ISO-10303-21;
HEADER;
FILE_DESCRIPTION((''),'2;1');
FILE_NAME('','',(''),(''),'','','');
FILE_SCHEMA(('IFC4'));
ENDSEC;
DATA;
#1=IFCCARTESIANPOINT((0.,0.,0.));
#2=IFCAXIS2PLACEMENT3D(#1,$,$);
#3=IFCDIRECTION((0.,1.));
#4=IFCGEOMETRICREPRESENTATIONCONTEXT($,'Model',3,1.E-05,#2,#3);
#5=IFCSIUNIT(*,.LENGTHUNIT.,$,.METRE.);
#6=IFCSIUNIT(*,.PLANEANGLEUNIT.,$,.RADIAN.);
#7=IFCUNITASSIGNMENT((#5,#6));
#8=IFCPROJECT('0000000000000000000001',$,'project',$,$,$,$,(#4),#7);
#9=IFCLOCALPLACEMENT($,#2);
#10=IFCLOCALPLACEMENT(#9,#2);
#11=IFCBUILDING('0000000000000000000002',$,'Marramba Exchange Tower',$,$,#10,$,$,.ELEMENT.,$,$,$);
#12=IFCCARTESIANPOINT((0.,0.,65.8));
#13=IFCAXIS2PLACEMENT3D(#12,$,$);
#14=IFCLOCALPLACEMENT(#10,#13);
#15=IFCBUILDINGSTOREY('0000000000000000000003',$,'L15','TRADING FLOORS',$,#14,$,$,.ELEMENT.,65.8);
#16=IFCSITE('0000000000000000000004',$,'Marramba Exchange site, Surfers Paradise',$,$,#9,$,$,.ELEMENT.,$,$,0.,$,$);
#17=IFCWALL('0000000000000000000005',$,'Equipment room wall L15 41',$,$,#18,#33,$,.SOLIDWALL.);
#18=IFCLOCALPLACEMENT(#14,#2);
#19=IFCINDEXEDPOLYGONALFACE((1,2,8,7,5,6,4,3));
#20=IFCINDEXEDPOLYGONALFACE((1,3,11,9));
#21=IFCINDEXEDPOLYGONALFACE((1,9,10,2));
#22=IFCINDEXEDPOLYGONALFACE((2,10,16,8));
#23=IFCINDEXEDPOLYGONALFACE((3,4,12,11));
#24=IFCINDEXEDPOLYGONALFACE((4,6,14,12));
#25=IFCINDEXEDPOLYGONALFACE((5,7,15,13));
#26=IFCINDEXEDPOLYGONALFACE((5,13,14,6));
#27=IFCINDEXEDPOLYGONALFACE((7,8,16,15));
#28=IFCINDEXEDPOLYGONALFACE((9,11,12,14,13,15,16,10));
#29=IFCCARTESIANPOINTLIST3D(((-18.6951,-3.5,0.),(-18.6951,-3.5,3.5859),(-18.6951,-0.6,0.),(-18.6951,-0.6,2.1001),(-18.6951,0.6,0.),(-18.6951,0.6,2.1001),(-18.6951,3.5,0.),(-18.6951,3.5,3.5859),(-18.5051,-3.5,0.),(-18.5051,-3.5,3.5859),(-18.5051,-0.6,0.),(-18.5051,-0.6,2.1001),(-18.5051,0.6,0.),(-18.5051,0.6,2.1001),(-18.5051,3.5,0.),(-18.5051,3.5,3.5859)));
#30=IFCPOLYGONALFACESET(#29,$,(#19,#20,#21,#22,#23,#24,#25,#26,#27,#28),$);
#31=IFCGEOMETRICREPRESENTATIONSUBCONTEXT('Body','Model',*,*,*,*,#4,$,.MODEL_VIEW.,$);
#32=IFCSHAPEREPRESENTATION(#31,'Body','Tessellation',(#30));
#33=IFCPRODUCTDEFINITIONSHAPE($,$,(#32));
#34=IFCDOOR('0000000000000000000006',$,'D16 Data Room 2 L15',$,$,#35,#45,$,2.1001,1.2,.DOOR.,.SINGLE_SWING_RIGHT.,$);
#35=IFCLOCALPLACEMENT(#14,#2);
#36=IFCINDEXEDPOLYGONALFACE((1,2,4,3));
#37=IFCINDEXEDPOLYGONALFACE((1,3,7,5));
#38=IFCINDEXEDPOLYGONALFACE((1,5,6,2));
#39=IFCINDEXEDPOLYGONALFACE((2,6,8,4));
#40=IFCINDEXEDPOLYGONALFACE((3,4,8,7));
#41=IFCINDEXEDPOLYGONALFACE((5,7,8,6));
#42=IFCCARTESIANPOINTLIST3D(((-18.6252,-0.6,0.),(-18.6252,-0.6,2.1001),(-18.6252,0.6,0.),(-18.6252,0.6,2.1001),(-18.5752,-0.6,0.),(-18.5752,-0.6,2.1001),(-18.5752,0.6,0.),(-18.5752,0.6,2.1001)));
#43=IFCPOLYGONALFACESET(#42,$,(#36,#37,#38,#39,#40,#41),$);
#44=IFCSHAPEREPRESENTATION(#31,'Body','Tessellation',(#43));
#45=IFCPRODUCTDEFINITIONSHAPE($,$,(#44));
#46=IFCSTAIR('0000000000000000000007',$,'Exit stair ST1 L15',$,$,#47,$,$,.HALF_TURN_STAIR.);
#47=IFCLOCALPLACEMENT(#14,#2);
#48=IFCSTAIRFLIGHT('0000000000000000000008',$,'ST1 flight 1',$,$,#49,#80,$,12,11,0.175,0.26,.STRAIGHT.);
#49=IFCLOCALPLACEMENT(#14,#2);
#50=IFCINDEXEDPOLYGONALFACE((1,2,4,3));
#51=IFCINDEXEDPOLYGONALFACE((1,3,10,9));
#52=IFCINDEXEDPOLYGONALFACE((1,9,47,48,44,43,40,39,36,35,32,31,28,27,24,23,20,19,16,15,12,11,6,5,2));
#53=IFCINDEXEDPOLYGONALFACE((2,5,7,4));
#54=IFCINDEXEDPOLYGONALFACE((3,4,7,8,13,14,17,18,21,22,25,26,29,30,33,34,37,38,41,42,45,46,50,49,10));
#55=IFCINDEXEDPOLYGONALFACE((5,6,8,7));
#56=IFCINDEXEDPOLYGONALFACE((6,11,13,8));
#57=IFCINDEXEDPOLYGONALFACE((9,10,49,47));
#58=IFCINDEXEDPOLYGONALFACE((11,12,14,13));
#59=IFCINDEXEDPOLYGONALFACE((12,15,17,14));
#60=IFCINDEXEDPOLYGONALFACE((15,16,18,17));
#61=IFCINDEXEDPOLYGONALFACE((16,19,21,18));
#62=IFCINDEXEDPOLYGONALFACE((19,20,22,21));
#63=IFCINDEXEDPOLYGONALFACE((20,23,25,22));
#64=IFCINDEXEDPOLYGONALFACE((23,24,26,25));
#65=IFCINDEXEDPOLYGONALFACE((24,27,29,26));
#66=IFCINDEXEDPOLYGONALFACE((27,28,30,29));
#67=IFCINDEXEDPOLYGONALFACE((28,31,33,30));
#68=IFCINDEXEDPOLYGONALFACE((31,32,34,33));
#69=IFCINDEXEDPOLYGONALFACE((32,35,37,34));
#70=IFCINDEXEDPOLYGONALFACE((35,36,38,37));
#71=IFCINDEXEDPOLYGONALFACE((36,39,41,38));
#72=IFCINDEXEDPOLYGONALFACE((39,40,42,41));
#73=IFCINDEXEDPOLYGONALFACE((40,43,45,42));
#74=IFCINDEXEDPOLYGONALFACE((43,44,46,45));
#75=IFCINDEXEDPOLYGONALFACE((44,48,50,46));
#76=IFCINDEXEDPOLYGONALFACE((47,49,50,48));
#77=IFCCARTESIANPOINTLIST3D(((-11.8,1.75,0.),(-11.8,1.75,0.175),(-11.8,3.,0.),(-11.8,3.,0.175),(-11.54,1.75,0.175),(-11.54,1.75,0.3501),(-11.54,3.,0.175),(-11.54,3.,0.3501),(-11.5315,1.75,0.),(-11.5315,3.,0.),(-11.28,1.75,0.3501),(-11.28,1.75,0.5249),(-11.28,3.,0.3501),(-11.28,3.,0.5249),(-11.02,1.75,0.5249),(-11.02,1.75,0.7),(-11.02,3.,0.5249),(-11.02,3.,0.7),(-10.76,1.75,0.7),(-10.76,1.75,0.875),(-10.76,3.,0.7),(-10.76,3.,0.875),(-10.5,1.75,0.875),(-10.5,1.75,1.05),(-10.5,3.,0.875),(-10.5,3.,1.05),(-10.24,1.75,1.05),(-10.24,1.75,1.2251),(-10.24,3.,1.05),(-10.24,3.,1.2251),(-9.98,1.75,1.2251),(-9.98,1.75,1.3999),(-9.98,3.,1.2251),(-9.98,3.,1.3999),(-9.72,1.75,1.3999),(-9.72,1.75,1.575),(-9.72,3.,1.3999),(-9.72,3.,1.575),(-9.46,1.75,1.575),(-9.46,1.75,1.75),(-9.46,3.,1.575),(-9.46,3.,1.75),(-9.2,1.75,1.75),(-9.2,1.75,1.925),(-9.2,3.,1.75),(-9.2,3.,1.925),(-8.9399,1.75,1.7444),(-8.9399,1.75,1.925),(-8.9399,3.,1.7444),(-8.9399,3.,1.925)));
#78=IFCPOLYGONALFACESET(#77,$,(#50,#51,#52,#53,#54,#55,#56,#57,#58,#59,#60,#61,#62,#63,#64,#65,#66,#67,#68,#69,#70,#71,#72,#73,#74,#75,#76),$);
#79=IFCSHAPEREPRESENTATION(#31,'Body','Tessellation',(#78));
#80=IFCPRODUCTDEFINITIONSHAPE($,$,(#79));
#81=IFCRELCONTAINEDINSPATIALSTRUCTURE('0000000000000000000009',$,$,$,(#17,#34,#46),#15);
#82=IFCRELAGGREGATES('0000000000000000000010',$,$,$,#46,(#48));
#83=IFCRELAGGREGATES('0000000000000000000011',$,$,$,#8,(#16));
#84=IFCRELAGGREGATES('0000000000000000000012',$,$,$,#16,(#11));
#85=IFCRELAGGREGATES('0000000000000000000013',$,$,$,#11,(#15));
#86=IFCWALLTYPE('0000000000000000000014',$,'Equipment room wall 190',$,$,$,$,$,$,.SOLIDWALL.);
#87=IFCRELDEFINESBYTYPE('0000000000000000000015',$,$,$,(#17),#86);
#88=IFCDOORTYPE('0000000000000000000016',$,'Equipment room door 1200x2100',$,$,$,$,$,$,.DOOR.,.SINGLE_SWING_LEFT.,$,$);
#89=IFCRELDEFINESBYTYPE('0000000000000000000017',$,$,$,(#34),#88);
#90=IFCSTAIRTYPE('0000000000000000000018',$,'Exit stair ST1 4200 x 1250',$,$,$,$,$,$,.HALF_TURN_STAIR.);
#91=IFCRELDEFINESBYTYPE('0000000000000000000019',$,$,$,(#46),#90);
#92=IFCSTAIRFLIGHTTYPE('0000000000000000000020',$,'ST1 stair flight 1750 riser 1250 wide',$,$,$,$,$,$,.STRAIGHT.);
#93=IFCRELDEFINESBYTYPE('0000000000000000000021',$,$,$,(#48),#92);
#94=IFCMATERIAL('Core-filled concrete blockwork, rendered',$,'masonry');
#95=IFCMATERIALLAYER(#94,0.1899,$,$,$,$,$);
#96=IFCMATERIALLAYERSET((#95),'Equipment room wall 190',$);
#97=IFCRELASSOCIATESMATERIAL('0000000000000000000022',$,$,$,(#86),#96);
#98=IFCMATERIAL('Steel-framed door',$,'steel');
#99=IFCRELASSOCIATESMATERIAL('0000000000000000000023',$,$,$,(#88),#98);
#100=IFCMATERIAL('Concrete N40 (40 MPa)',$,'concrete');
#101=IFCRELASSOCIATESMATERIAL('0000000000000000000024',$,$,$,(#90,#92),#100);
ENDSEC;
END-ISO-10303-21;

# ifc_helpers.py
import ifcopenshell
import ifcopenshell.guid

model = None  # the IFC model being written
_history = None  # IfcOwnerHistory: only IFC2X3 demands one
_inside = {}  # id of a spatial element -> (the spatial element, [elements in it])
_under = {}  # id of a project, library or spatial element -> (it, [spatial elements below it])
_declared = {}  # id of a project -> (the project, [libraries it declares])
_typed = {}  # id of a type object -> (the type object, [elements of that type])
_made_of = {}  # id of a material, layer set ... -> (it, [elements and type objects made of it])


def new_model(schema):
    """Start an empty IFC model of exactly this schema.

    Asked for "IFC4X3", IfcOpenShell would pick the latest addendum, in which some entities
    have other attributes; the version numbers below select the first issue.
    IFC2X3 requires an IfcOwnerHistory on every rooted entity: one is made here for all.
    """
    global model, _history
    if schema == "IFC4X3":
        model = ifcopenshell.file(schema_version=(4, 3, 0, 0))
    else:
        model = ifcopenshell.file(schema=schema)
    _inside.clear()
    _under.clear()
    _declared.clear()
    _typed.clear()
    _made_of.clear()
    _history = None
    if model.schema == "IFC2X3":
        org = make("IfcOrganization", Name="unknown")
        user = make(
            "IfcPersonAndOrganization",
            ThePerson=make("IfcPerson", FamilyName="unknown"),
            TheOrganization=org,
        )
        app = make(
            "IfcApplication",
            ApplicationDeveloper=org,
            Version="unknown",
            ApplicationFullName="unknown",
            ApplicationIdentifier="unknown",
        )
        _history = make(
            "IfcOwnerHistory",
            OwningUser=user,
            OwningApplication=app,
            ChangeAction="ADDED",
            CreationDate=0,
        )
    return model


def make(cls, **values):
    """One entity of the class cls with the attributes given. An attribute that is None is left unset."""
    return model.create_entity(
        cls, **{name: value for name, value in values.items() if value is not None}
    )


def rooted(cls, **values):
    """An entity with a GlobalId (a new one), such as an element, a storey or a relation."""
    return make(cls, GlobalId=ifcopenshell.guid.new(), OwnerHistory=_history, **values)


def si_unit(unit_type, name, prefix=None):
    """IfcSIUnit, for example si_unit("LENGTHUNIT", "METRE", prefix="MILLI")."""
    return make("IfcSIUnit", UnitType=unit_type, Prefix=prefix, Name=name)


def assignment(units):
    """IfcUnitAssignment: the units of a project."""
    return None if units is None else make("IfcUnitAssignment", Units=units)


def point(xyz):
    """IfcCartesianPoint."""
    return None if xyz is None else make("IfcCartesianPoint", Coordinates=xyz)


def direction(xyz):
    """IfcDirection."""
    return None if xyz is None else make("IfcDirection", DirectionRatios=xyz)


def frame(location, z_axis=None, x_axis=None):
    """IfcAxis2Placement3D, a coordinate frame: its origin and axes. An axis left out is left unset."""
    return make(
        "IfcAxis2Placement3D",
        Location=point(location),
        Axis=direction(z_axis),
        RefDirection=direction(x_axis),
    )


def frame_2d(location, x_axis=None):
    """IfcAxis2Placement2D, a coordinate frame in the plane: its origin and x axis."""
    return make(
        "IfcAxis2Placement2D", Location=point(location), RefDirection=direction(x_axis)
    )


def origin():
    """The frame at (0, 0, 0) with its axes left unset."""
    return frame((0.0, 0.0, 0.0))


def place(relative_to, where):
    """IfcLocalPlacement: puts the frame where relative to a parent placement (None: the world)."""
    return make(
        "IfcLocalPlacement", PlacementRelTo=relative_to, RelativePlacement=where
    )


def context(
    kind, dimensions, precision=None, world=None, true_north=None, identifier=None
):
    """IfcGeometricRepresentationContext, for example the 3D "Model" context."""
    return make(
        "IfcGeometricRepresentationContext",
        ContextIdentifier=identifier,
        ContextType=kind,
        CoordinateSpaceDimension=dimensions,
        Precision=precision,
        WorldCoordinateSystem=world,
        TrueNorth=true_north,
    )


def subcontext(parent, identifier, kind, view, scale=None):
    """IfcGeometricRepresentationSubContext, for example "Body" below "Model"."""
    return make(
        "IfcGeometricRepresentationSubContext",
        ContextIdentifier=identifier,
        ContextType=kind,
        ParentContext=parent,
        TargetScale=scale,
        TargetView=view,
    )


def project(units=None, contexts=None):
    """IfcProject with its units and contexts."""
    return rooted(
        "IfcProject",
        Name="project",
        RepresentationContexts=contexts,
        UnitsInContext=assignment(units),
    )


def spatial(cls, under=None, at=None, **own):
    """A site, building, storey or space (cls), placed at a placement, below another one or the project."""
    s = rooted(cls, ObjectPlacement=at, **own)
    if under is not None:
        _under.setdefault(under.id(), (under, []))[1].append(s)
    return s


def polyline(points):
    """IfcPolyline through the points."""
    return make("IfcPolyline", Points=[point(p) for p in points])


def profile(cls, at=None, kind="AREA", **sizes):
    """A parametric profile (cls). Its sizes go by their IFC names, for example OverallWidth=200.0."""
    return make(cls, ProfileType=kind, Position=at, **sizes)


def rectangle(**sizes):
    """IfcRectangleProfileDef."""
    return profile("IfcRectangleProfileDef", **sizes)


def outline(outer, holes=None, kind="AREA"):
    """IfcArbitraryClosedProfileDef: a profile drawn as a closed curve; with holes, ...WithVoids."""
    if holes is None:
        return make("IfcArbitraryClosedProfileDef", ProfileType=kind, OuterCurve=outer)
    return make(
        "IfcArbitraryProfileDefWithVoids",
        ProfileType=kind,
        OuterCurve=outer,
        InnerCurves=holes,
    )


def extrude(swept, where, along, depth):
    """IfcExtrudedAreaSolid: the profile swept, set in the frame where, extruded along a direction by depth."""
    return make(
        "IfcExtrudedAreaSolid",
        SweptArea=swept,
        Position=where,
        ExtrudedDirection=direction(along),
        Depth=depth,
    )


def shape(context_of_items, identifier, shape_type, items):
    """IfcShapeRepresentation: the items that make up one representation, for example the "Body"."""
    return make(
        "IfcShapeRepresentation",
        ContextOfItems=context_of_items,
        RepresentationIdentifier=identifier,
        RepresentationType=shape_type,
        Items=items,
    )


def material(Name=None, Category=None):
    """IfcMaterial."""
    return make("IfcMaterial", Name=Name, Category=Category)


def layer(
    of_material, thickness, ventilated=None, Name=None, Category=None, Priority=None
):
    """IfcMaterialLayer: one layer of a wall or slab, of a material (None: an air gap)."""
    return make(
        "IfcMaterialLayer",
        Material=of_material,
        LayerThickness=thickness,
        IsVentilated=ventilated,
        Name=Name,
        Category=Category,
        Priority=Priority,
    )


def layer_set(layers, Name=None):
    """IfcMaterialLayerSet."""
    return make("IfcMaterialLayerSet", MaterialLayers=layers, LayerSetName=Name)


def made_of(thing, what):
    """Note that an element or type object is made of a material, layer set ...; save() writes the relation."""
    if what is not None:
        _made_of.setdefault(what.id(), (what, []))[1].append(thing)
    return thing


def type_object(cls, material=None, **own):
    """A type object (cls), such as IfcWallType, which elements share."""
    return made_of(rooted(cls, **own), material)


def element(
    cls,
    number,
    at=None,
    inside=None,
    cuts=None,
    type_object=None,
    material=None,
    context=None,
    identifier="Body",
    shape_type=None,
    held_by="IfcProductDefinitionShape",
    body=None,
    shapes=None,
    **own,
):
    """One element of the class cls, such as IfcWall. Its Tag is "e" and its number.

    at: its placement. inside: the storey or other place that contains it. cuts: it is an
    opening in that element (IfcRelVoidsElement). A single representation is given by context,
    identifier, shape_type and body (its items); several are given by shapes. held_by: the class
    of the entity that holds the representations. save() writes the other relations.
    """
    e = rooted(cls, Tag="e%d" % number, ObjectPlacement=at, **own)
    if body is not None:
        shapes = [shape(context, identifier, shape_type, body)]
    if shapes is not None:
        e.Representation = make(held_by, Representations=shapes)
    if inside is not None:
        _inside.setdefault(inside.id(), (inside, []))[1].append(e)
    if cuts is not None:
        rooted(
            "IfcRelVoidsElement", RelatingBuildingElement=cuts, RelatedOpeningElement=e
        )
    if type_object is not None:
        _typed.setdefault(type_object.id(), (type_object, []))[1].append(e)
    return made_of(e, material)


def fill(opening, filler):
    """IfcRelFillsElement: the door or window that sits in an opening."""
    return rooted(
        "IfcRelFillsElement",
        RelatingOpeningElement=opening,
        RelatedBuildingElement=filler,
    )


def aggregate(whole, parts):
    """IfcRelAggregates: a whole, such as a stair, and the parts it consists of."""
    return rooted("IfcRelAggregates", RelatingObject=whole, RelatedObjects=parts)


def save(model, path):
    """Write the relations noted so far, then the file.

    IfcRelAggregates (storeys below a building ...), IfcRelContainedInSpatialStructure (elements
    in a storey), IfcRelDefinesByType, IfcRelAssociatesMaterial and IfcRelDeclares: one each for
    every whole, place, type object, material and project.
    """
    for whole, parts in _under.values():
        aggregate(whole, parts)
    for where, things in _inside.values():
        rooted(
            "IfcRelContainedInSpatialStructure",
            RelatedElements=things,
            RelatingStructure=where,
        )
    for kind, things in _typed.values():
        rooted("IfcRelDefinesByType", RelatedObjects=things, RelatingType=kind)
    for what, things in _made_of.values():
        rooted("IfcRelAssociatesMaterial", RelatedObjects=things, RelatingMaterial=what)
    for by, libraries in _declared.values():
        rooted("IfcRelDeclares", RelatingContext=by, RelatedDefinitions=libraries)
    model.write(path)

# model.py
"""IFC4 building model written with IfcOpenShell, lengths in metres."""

from ifc_helpers import new_model, si_unit, direction, frame, frame_2d, origin, place, context, subcontext, project, spatial, polyline, rectangle, outline, extrude, material, layer, layer_set, type_object, element, fill, aggregate, save


model = new_model("IFC4")

# Units and contexts
model_context = context("Model", 3, precision=1e-05, world=origin(), true_north=direction((0.0, 1.0)))
body_context = subcontext(model_context, "Body", "Model", "MODEL_VIEW")
ifc_project = project(units=[si_unit("LENGTHUNIT", "METRE"), si_unit("PLANEANGLEUNIT", "RADIAN")], contexts=[model_context])

# Site, building, storey
site_placement = place(None, origin())
site = spatial("IfcSite", under=ifc_project, at=site_placement, Name="Marramba Exchange site, Surfers Paradise", CompositionType="ELEMENT", RefElevation=0.0)
building_placement = place(site_placement, origin())
building = spatial("IfcBuilding", under=site, at=building_placement, Name="Marramba Exchange Tower", CompositionType="ELEMENT")
storey_placement = place(building_placement, frame((0.0, 0.0, 65.8)))
storey = spatial("IfcBuildingStorey", under=building, at=storey_placement, Name="L15", Description="TRADING FLOORS", CompositionType="ELEMENT", Elevation=65.8)

# Shared definitions
ifc_material_1 = material(Name="Steel-framed door", Category="steel")

# Shared definitions
ifc_material_2 = material(Name="Core-filled concrete blockwork, rendered", Category="masonry")
ifc_layer_1 = layer(ifc_material_2, 0.1899)
ifc_layer_set_1 = layer_set([ifc_layer_1], Name="Equipment room wall 190")
wall_type_1 = type_object("IfcWallType", Name="Equipment room wall 190", PredefinedType="SOLIDWALL", material=ifc_layer_set_1)

# Wall, opening, door
wall_1_placement = place(storey_placement, frame((-18.6001, 3.5, 0.0), z_axis=(0.0, 0.0, 1.0), x_axis=(0.0, -1.0, 0.0)))
wall_1 = element("IfcWall", 1, at=wall_1_placement, inside=storey, type_object=wall_type_1, Name="Equipment room wall L15 41", PredefinedType="SOLIDWALL", context=body_context, shape_type="SweptSolid", body=[
    extrude(rectangle(XDim=7.0, YDim=0.1899, at=frame_2d((3.5, 0.0))), origin(), (0.0, 0.0, 1.0), 3.5859),
])
opening_1_placement = place(wall_1_placement, frame((2.8999, 0.0, 0.0)))
opening_1 = element("IfcOpeningElement", 2, at=opening_1_placement, cuts=wall_1, PredefinedType="OPENING", context=body_context, shape_type="SweptSolid", body=[
    extrude(rectangle(XDim=1.2, YDim=2.1001, at=frame_2d((0.6001, 1.05))), frame((0.0, 0.105, 0.0), z_axis=(0.0, -1.0, 0.0), x_axis=(1.0, 0.0, 0.0)), (0.0, 0.0, 1.0), 0.21),
])
door_type_1 = type_object("IfcDoorType", Name="Equipment room door 1200x2100", OperationType="SINGLE_SWING_LEFT", PredefinedType="DOOR", material=ifc_material_1)
door_1_placement = place(opening_1_placement, origin())
door_1 = element("IfcDoor", 3, at=door_1_placement, inside=storey, type_object=door_type_1, Name="D16 Data Room 2 L15", OperationType="SINGLE_SWING_RIGHT", OverallHeight=2.1001, OverallWidth=1.2, PredefinedType="DOOR", context=body_context, shape_type="SweptSolid", body=[
    extrude(rectangle(XDim=1.2, YDim=2.1001, at=frame_2d((0.6001, 1.05))), frame((0.0, 0.0249, 0.0), z_axis=(0.0, -1.0, 0.0), x_axis=(1.0, 0.0, 0.0)), (0.0, 0.0, 1.0), 0.05),
])
fill(opening_1, door_1)

# Stair, stair flight
ifc_material_3 = material(Name="Concrete N40 (40 MPa)", Category="concrete")
stair_type = type_object("IfcStairType", Name="Exit stair ST1 4200 x 1250", PredefinedType="HALF_TURN_STAIR", material=ifc_material_3)
stair_placement = place(storey_placement, origin())
stair = element("IfcStair", 4, at=stair_placement, inside=storey, type_object=stair_type, Name="Exit stair ST1 L15", PredefinedType="HALF_TURN_STAIR")
stair_flight_type = type_object("IfcStairFlightType", Name="ST1 stair flight 1750 riser 1250 wide", PredefinedType="STRAIGHT", material=ifc_material_3)
stair_flight_placement = place(storey_placement, frame((-11.8, 2.375, 0.0), z_axis=(0.0, 0.0, 1.0), x_axis=(1.0, 0.0, 0.0)))
stair_flight = element("IfcStairFlight", 5, at=stair_flight_placement, type_object=stair_flight_type, Name="ST1 flight 1", NumberOfRisers=12, NumberOfTreads=11, PredefinedType="STRAIGHT", RiserHeight=0.175, TreadLength=0.26, context=body_context, shape_type="SweptSolid", body=[
    extrude(outline(polyline([(0.0, 0.0), (0.0, 0.175), (0.26, 0.175), (0.26, 0.3501), (0.52, 0.3501), (0.52, 0.5249), (0.78, 0.5249), (0.78, 0.7), (1.04, 0.7), (1.04, 0.875), (1.3, 0.875), (1.3, 1.05), (1.5601, 1.05), (1.5601, 1.2251), (1.8201, 1.2251), (1.8201, 1.3999), (2.0801, 1.3999), (2.0801, 1.575), (2.3401, 1.575), (2.3401, 1.75), (2.6001, 1.75), (2.6001, 1.925), (2.8601, 1.925), (2.8601, 2.1001), (2.8601, 1.7444), (0.2686, 0.0), (0.0, 0.0)])), frame((0.0, 0.625, 0.0), z_axis=(0.0, -1.0, 0.0), x_axis=(1.0, 0.0, 0.0)), (0.0, 0.0, 1.0), 1.25),
])
aggregate(stair, [stair_flight])

save(model, "model.ifc")
